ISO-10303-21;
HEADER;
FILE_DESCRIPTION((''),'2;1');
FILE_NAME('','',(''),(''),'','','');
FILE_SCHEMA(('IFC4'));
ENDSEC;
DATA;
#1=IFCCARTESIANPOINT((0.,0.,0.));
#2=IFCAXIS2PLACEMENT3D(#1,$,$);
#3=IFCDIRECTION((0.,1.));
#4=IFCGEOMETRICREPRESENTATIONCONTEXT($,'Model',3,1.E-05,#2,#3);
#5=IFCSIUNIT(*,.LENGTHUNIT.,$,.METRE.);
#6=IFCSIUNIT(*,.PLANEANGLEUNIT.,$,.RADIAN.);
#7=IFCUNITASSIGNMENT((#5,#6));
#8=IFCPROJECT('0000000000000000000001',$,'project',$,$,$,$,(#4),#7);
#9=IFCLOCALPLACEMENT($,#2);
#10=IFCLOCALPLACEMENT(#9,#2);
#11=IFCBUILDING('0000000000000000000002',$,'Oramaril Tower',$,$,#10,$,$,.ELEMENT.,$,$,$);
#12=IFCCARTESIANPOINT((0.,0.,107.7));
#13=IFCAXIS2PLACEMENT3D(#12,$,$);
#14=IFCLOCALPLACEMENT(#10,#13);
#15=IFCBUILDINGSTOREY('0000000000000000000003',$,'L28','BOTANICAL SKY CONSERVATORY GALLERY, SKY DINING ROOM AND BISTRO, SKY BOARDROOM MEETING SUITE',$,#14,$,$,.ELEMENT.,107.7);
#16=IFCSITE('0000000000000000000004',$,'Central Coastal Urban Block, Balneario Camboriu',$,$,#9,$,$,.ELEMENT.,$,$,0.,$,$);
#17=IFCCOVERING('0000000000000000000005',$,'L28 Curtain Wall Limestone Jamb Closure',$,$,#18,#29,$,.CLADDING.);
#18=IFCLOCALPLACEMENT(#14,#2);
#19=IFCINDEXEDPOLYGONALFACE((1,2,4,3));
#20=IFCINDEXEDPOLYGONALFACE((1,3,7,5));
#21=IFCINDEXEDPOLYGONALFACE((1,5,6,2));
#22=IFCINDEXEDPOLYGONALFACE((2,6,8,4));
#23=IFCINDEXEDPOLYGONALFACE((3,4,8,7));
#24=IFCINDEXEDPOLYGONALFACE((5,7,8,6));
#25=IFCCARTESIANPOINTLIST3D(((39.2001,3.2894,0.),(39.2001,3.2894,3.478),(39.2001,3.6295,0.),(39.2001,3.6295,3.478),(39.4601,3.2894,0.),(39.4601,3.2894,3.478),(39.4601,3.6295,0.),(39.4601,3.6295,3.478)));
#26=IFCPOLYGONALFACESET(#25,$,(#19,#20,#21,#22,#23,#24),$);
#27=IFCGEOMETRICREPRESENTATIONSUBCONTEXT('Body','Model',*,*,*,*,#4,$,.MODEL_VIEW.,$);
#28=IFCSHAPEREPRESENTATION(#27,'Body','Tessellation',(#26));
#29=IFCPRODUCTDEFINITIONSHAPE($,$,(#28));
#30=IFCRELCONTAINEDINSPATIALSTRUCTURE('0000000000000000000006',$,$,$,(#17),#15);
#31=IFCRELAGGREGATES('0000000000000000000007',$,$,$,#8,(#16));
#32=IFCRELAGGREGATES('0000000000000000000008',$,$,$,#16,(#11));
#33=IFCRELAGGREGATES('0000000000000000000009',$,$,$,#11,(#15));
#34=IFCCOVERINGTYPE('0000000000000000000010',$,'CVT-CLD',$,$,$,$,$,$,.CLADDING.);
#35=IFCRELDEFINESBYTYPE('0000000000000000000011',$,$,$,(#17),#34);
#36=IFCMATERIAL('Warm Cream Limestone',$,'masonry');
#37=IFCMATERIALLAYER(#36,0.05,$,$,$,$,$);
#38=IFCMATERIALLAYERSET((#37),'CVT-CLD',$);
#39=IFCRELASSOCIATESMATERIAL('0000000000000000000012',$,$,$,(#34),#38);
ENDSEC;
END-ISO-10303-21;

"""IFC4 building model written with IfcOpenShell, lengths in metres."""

from ifc_helpers import new_model, si_unit, direction, frame, origin, origin_2d, place, context, subcontext, project, spatial, rectangle, extrude, material, layer, layer_set, type_object, element, save


model = new_model("IFC4")

# Units and contexts
model_context = context("Model", 3, precision=1e-05, world=origin(), true_north=direction((0.0, 1.0)))
body_context = subcontext(model_context, "Body", "Model", "MODEL_VIEW")
ifc_project = project(units=[si_unit("LENGTHUNIT", "METRE"), si_unit("PLANEANGLEUNIT", "RADIAN")], contexts=[model_context])

# Site, building, storey
site_placement = place(None, origin())
site = spatial("IfcSite", under=ifc_project, at=site_placement, Name="Central Coastal Urban Block, Balneario Camboriu", CompositionType="ELEMENT", RefElevation=0.0)
building_placement = place(site_placement, origin())
building = spatial("IfcBuilding", under=site, at=building_placement, Name="Oramaril Tower", CompositionType="ELEMENT")
storey_placement = place(building_placement, frame((0.0, 0.0, 107.7)))
storey = spatial("IfcBuildingStorey", under=building, at=storey_placement, Name="L28", Description="BOTANICAL SKY CONSERVATORY GALLERY, SKY DINING ROOM AND BISTRO, SKY BOARDROOM MEETING SUITE", CompositionType="ELEMENT", Elevation=107.7)

# Covering
ifc_material_1 = material(Name="Warm Cream Limestone", Category="masonry")
ifc_layer_1 = layer(ifc_material_1, 0.05)
ifc_layer_set_1 = layer_set([ifc_layer_1], Name="CVT-CLD")
covering_type = type_object("IfcCoveringType", Name="CVT-CLD", PredefinedType="CLADDING", material=ifc_layer_set_1)
covering_placement = place(storey_placement, frame((39.3301, 3.4595, 0.0), z_axis=(0.0, 0.0, 1.0), x_axis=(1.0, 0.0, 0.0)))
element("IfcCovering", 1, at=covering_placement, inside=storey, type_object=covering_type, Name="L28 Curtain Wall Limestone Jamb Closure", PredefinedType="CLADDING", context=body_context, shape_type="SweptSolid", body=[
    extrude(rectangle(XDim=0.26, YDim=0.3401, at=origin_2d()), origin(), (0.0, 0.0, 1.0), 3.478),
])

save(model, "model.ifc")
